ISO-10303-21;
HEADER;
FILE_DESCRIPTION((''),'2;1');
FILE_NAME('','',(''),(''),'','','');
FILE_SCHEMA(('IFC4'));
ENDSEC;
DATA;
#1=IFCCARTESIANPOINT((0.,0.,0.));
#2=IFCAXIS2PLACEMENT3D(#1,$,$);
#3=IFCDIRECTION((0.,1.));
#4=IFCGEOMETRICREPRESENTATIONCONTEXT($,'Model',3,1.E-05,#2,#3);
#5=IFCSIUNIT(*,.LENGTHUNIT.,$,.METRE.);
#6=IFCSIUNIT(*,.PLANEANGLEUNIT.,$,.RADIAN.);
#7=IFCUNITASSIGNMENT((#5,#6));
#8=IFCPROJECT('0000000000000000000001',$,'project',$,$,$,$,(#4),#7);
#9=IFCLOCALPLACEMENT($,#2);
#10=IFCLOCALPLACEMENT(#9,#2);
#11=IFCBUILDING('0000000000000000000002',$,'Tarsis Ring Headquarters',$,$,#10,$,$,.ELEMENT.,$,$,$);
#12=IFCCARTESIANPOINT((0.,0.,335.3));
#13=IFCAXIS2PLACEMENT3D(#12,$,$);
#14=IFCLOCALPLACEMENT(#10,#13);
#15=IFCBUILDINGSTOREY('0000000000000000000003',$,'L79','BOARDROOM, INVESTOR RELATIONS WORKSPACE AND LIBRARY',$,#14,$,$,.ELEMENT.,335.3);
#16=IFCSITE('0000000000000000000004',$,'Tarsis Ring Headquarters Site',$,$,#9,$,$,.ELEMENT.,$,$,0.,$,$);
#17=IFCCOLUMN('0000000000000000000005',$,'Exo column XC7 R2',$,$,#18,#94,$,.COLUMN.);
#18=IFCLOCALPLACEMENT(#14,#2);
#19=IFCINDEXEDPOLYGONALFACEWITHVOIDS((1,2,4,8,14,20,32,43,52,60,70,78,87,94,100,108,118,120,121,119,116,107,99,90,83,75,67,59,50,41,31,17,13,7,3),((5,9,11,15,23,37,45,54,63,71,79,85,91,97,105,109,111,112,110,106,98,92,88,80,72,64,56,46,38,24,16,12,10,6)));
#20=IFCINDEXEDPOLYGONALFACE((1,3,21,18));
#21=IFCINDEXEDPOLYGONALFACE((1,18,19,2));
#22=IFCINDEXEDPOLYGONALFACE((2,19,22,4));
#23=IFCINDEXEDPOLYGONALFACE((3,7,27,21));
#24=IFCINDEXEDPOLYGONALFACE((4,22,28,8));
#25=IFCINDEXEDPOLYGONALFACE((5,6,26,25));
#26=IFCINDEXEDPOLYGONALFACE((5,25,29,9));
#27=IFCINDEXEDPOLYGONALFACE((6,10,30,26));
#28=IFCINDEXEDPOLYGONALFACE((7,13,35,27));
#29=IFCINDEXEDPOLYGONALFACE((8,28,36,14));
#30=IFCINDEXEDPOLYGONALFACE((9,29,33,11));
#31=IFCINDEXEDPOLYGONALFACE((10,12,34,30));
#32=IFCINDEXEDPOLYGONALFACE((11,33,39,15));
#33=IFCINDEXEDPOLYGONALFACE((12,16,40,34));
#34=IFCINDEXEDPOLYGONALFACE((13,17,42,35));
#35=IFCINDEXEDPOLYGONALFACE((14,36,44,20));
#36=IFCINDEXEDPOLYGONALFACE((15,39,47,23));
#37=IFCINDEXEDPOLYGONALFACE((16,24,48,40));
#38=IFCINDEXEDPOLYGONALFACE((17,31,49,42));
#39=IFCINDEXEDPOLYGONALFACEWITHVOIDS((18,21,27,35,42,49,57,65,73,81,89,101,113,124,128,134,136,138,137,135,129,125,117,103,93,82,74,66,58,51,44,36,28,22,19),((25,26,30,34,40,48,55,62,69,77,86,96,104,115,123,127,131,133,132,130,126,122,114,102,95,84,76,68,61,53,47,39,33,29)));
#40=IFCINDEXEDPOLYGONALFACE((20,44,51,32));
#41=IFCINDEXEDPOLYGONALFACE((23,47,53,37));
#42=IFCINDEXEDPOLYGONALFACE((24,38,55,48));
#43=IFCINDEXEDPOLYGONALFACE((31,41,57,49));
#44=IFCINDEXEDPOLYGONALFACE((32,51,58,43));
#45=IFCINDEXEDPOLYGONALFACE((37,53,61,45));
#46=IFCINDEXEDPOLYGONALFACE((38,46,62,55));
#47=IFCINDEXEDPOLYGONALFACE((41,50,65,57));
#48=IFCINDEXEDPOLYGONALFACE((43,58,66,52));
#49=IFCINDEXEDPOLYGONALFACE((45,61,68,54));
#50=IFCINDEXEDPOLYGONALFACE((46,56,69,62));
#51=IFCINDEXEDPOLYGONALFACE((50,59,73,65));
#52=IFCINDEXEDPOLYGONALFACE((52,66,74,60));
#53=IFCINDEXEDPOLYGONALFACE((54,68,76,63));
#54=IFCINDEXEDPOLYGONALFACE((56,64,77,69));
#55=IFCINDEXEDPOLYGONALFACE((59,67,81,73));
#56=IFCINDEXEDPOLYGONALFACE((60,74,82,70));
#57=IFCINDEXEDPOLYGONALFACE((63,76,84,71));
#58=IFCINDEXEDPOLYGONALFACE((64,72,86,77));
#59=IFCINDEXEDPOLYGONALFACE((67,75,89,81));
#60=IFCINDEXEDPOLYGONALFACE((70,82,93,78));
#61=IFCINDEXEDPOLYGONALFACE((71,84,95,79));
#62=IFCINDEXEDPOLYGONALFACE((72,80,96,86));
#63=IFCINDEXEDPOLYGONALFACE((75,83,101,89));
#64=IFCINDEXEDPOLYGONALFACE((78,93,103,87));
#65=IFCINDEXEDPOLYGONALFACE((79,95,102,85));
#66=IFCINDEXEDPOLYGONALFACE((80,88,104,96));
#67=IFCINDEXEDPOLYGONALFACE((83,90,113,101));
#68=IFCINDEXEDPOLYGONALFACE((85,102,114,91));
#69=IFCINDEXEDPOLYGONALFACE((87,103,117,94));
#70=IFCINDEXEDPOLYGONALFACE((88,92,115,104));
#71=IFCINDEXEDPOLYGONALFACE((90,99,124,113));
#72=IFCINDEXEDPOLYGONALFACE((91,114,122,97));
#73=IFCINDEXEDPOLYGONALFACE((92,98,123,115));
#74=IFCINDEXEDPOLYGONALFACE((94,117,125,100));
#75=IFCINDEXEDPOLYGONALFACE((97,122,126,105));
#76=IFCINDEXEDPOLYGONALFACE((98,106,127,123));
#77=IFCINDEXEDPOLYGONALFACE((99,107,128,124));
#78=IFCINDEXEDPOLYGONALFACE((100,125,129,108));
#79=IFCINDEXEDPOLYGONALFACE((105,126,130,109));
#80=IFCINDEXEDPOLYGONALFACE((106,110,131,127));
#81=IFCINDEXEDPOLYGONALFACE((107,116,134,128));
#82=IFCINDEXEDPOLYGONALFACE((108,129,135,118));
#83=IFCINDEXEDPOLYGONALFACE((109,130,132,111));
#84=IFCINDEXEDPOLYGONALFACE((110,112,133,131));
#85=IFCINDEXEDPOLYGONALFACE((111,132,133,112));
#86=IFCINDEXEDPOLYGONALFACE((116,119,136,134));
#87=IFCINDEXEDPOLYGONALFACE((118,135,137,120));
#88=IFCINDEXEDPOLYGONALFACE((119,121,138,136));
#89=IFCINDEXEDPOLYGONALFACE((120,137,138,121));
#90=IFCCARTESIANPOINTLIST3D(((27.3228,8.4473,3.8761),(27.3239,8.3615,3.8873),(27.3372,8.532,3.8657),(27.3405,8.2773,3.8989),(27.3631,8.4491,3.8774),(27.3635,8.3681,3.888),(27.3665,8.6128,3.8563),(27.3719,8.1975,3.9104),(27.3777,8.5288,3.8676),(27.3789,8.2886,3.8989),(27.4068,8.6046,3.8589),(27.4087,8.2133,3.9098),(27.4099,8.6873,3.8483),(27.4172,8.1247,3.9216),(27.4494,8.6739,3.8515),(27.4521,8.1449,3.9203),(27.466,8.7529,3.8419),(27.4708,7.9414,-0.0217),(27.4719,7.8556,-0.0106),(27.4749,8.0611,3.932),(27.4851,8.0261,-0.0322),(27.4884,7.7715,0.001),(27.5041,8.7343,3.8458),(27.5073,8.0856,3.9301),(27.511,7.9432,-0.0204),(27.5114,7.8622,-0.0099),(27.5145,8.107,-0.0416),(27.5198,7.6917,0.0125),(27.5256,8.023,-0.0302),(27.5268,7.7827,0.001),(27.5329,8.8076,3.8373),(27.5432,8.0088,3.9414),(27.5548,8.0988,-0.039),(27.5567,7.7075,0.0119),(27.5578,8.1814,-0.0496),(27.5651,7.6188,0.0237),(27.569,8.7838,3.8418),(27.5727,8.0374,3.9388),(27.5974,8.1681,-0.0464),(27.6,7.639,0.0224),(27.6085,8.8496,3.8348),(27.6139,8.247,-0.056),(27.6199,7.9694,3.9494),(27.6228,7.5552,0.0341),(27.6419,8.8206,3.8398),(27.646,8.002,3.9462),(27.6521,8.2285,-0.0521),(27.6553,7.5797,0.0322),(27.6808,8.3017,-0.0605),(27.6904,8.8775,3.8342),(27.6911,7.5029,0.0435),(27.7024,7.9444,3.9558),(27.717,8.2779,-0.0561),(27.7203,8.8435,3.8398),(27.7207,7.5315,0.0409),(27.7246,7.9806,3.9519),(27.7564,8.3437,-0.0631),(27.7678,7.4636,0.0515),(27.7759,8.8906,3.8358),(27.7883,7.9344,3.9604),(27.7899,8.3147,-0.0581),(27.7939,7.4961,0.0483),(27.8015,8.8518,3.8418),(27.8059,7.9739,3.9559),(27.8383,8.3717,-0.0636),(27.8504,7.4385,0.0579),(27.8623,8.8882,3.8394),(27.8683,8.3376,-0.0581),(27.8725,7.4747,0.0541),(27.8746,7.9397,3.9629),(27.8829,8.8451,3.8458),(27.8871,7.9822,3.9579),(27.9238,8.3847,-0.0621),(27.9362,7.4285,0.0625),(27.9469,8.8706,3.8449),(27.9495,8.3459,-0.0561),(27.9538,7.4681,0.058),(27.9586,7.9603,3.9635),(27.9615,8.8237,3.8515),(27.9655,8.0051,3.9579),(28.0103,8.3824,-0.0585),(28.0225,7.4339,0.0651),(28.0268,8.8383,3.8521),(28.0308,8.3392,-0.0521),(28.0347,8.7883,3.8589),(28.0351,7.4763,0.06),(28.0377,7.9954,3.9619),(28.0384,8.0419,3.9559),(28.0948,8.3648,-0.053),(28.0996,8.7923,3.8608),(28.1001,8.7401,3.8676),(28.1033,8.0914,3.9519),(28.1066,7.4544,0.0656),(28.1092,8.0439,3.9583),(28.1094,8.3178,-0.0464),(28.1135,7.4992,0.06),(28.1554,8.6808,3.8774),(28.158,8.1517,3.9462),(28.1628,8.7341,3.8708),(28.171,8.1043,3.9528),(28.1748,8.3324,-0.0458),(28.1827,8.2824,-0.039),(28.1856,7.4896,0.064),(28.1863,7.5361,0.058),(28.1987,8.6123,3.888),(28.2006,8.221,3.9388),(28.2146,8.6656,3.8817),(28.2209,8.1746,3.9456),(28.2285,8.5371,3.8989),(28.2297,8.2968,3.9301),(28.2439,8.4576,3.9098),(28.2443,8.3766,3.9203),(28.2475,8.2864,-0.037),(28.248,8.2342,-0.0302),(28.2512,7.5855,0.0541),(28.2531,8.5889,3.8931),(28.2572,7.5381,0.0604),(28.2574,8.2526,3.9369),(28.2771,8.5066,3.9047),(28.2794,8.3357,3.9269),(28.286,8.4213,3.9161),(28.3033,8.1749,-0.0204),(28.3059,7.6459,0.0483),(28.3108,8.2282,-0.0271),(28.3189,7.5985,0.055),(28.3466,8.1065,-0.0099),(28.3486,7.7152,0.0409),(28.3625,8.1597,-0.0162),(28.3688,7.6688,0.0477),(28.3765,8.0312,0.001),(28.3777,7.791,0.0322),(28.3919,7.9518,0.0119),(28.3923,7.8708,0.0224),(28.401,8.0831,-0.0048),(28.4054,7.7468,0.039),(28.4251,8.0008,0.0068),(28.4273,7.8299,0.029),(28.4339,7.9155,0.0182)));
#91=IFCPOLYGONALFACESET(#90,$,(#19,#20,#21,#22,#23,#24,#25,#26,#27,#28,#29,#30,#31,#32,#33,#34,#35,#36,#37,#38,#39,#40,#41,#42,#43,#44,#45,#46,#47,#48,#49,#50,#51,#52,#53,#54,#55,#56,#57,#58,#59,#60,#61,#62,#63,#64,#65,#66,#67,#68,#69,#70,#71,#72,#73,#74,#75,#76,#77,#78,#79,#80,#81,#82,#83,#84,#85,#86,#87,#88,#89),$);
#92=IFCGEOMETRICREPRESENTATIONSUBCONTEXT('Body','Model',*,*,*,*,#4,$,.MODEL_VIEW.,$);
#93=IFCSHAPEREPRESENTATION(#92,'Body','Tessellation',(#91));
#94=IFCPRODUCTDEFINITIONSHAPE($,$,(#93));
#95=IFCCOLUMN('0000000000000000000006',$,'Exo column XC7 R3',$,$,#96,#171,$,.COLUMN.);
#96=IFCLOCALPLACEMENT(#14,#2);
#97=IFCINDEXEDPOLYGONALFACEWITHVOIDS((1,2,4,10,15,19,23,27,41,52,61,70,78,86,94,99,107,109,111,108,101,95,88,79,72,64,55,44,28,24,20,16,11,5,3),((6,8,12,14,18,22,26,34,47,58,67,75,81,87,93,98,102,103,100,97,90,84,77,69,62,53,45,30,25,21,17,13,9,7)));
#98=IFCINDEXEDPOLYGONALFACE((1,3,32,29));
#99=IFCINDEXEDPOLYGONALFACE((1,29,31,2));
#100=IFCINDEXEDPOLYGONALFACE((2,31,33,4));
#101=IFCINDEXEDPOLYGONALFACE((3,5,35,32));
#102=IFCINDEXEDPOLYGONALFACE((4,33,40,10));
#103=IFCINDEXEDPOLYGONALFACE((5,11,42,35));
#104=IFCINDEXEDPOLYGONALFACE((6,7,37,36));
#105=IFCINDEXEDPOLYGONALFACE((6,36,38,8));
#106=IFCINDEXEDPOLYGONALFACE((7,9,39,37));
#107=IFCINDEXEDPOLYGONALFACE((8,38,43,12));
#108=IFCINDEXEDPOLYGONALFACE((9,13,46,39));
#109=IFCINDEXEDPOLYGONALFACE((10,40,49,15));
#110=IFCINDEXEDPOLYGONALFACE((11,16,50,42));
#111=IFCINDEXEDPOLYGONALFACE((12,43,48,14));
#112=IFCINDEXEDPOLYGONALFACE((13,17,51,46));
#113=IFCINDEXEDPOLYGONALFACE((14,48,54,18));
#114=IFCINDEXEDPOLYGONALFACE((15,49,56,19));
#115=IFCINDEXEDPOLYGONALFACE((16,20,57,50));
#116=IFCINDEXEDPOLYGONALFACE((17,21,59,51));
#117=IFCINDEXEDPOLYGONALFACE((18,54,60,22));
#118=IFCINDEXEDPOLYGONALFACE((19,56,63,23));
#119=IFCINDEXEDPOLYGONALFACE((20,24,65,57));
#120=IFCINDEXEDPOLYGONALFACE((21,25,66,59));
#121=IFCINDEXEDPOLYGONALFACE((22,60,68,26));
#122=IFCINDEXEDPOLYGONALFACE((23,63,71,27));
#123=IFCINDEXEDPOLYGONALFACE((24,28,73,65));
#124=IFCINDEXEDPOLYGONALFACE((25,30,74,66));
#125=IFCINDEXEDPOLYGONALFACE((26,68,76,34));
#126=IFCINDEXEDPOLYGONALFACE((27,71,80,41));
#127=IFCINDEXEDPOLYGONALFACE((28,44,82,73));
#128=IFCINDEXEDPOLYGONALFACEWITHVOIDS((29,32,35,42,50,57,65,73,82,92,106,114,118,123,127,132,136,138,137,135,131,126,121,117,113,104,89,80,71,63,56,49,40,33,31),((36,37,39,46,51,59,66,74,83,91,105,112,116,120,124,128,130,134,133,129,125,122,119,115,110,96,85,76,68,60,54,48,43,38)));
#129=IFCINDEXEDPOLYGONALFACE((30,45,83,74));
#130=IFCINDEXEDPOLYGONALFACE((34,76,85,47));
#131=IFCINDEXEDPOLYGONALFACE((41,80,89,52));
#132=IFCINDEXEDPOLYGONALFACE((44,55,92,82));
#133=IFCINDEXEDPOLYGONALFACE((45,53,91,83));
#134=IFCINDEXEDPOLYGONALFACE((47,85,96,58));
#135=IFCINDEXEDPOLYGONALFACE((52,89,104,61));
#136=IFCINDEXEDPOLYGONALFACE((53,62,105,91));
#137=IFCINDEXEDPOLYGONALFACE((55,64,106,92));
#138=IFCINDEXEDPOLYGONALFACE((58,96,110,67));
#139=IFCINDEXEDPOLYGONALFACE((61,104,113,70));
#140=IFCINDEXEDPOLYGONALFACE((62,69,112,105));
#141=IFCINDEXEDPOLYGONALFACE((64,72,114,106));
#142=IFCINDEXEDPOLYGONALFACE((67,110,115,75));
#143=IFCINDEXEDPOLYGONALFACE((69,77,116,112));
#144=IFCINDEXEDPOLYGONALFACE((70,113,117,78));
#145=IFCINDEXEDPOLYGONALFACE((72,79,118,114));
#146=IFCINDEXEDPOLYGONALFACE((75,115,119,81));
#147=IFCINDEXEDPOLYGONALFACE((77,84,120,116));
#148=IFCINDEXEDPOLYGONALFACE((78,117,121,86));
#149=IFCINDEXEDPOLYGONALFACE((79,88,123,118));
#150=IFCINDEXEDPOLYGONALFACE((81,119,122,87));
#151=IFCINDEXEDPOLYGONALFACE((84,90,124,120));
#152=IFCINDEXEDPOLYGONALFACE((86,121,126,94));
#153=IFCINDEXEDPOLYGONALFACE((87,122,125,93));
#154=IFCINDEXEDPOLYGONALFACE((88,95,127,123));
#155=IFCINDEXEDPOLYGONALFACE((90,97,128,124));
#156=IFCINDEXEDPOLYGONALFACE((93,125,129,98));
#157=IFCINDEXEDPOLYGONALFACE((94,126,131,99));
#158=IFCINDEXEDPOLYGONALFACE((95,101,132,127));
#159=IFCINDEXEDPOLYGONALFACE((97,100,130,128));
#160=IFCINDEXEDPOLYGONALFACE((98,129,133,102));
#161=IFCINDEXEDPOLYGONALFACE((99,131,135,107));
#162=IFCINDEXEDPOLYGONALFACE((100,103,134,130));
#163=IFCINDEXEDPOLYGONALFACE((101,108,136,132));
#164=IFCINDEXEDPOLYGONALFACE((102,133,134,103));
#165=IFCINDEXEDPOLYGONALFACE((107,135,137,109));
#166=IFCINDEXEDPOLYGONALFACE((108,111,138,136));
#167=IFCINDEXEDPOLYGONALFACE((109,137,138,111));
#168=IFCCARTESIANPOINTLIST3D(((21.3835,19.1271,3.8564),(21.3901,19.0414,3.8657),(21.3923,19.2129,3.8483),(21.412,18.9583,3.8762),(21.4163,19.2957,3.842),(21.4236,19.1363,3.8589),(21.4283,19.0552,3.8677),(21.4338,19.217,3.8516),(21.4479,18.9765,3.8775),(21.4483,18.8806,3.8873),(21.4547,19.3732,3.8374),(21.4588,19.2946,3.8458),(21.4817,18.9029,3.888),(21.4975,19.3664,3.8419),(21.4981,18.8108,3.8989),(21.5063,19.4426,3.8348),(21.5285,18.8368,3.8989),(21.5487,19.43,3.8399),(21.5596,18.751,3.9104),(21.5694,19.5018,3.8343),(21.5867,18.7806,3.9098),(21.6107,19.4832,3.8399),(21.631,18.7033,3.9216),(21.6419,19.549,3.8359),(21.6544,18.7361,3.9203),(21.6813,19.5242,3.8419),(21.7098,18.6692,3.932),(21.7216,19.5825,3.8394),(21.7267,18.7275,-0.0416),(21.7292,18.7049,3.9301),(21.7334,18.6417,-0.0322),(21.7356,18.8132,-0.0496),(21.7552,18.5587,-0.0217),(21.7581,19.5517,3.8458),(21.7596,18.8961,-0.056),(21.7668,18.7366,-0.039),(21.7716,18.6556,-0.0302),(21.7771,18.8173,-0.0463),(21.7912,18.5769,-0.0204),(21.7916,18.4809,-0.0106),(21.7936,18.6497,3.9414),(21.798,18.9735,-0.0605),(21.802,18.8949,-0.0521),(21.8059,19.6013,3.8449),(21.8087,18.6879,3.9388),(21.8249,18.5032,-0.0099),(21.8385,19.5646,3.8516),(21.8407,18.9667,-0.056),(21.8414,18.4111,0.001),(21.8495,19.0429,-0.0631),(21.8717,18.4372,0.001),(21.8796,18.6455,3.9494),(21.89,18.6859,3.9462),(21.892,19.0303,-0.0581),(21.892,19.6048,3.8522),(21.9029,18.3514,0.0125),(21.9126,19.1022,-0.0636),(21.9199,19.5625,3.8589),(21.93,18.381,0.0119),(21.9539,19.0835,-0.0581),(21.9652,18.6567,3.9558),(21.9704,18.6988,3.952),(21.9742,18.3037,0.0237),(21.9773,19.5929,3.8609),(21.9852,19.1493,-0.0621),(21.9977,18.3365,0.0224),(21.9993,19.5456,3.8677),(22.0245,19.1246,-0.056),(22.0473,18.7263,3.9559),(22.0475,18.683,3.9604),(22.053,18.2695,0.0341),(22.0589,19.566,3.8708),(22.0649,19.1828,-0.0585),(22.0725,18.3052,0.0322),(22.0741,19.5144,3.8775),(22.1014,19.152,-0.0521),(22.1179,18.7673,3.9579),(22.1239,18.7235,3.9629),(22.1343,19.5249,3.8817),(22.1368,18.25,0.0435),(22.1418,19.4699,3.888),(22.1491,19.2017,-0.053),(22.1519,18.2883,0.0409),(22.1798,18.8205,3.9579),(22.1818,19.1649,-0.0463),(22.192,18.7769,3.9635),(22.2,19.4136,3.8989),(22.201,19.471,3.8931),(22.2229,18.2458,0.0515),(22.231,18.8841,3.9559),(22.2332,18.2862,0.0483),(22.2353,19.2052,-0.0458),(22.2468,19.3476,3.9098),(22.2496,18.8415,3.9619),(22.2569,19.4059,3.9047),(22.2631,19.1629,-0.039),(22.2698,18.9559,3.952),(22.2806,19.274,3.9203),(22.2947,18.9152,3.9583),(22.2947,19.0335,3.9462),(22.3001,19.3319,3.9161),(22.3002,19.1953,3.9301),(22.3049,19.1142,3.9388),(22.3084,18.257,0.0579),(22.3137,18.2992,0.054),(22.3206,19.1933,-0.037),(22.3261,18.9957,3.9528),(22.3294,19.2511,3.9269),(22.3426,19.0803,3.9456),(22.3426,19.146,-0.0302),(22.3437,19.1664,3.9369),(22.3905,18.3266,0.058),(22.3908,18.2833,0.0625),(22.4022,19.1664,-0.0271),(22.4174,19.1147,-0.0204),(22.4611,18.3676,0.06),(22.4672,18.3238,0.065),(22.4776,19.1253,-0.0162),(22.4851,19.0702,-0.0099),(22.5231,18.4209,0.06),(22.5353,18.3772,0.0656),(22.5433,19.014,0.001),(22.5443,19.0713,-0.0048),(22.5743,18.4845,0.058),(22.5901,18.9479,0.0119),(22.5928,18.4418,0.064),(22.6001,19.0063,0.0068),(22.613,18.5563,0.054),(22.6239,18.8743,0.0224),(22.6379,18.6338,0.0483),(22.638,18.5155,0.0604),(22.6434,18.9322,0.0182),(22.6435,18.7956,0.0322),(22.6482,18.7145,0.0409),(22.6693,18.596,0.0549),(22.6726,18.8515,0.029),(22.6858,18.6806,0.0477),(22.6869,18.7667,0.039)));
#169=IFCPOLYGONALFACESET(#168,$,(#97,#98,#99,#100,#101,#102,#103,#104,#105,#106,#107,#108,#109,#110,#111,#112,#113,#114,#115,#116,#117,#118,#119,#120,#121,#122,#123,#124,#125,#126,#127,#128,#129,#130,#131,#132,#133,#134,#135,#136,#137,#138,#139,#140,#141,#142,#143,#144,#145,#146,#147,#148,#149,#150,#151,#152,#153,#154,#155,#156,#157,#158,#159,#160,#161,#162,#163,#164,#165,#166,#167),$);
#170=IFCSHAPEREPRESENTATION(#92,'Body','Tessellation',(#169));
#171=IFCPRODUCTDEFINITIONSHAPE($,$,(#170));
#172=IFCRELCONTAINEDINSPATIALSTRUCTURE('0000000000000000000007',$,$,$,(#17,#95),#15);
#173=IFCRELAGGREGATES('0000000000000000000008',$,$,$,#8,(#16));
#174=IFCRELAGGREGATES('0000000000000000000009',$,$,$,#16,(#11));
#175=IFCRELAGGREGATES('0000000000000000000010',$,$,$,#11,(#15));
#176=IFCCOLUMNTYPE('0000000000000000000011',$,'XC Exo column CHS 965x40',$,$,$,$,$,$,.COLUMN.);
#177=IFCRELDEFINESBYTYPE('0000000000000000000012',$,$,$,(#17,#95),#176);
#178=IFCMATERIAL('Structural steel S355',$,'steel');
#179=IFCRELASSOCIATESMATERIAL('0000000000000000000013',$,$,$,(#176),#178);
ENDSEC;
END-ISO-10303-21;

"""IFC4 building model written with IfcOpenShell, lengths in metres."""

from ifc_helpers import new_model, si_unit, direction, frame, origin, origin_2d, place, context, subcontext, project, spatial, hollow_circle, extrude, material, material_profile, profile_set, type_object, element, save


model = new_model("IFC4")

# Units and contexts
model_context = context("Model", 3, precision=1e-05, world=origin(), true_north=direction((0.0, 1.0)))
body_context = subcontext(model_context, "Body", "Model", "MODEL_VIEW")
ifc_project = project(units=[si_unit("LENGTHUNIT", "METRE"), si_unit("PLANEANGLEUNIT", "RADIAN")], contexts=[model_context])

# Site, building, storey
site_placement = place(None, origin())
site = spatial("IfcSite", under=ifc_project, at=site_placement, Name="Tarsis Ring Headquarters Site", CompositionType="ELEMENT", RefElevation=0.0)
building_placement = place(site_placement, origin())
building = spatial("IfcBuilding", under=site, at=building_placement, Name="Tarsis Ring Headquarters", CompositionType="ELEMENT")
storey_placement = place(building_placement, frame((0.0, 0.0, 335.3)))
storey = spatial("IfcBuildingStorey", under=building, at=storey_placement, Name="L79", Description="BOARDROOM, INVESTOR RELATIONS WORKSPACE AND LIBRARY", CompositionType="ELEMENT", Elevation=335.3)

# Columns
ifc_material_1 = material(Name="Structural steel S355", Category="steel")
ifc_material_profile_1 = material_profile(ifc_material_1, hollow_circle(Radius=0.4827, WallThickness=0.04, at=origin_2d()), Name="CHS 965x40")
ifc_profile_set_1 = profile_set([ifc_material_profile_1], Name="Structural steel S355")
column_type = type_object("IfcColumnType", Name="XC Exo column CHS 965x40", PredefinedType="COLUMN", material=ifc_profile_set_1)
for number, where, z_axis, x_axis, name in (
    (1, (27.9517, 7.907, 0.001), (-0.037613, 0.128605, 0.990982), (-0.959792, -0.280711, 0.0), "Exo column XC7 R2"),
    (2, (22.2075, 18.7256, 0.001), (-0.087269, 0.101607, 0.99099), (-0.758602, -0.651554, 0.0), "Exo column XC7 R3"),
):
    element("IfcColumn", number, at=place(storey_placement, frame(where, z_axis=z_axis, x_axis=x_axis)), inside=storey, type_object=column_type, Name=name, PredefinedType="COLUMN", context=body_context, shape_type="SweptSolid", body=[
        extrude(hollow_circle(Radius=0.4827, WallThickness=0.04, at=origin_2d()), origin(), (0.0, 0.0, 1.0), 3.9333),
    ])

save(model, "model.ifc")
